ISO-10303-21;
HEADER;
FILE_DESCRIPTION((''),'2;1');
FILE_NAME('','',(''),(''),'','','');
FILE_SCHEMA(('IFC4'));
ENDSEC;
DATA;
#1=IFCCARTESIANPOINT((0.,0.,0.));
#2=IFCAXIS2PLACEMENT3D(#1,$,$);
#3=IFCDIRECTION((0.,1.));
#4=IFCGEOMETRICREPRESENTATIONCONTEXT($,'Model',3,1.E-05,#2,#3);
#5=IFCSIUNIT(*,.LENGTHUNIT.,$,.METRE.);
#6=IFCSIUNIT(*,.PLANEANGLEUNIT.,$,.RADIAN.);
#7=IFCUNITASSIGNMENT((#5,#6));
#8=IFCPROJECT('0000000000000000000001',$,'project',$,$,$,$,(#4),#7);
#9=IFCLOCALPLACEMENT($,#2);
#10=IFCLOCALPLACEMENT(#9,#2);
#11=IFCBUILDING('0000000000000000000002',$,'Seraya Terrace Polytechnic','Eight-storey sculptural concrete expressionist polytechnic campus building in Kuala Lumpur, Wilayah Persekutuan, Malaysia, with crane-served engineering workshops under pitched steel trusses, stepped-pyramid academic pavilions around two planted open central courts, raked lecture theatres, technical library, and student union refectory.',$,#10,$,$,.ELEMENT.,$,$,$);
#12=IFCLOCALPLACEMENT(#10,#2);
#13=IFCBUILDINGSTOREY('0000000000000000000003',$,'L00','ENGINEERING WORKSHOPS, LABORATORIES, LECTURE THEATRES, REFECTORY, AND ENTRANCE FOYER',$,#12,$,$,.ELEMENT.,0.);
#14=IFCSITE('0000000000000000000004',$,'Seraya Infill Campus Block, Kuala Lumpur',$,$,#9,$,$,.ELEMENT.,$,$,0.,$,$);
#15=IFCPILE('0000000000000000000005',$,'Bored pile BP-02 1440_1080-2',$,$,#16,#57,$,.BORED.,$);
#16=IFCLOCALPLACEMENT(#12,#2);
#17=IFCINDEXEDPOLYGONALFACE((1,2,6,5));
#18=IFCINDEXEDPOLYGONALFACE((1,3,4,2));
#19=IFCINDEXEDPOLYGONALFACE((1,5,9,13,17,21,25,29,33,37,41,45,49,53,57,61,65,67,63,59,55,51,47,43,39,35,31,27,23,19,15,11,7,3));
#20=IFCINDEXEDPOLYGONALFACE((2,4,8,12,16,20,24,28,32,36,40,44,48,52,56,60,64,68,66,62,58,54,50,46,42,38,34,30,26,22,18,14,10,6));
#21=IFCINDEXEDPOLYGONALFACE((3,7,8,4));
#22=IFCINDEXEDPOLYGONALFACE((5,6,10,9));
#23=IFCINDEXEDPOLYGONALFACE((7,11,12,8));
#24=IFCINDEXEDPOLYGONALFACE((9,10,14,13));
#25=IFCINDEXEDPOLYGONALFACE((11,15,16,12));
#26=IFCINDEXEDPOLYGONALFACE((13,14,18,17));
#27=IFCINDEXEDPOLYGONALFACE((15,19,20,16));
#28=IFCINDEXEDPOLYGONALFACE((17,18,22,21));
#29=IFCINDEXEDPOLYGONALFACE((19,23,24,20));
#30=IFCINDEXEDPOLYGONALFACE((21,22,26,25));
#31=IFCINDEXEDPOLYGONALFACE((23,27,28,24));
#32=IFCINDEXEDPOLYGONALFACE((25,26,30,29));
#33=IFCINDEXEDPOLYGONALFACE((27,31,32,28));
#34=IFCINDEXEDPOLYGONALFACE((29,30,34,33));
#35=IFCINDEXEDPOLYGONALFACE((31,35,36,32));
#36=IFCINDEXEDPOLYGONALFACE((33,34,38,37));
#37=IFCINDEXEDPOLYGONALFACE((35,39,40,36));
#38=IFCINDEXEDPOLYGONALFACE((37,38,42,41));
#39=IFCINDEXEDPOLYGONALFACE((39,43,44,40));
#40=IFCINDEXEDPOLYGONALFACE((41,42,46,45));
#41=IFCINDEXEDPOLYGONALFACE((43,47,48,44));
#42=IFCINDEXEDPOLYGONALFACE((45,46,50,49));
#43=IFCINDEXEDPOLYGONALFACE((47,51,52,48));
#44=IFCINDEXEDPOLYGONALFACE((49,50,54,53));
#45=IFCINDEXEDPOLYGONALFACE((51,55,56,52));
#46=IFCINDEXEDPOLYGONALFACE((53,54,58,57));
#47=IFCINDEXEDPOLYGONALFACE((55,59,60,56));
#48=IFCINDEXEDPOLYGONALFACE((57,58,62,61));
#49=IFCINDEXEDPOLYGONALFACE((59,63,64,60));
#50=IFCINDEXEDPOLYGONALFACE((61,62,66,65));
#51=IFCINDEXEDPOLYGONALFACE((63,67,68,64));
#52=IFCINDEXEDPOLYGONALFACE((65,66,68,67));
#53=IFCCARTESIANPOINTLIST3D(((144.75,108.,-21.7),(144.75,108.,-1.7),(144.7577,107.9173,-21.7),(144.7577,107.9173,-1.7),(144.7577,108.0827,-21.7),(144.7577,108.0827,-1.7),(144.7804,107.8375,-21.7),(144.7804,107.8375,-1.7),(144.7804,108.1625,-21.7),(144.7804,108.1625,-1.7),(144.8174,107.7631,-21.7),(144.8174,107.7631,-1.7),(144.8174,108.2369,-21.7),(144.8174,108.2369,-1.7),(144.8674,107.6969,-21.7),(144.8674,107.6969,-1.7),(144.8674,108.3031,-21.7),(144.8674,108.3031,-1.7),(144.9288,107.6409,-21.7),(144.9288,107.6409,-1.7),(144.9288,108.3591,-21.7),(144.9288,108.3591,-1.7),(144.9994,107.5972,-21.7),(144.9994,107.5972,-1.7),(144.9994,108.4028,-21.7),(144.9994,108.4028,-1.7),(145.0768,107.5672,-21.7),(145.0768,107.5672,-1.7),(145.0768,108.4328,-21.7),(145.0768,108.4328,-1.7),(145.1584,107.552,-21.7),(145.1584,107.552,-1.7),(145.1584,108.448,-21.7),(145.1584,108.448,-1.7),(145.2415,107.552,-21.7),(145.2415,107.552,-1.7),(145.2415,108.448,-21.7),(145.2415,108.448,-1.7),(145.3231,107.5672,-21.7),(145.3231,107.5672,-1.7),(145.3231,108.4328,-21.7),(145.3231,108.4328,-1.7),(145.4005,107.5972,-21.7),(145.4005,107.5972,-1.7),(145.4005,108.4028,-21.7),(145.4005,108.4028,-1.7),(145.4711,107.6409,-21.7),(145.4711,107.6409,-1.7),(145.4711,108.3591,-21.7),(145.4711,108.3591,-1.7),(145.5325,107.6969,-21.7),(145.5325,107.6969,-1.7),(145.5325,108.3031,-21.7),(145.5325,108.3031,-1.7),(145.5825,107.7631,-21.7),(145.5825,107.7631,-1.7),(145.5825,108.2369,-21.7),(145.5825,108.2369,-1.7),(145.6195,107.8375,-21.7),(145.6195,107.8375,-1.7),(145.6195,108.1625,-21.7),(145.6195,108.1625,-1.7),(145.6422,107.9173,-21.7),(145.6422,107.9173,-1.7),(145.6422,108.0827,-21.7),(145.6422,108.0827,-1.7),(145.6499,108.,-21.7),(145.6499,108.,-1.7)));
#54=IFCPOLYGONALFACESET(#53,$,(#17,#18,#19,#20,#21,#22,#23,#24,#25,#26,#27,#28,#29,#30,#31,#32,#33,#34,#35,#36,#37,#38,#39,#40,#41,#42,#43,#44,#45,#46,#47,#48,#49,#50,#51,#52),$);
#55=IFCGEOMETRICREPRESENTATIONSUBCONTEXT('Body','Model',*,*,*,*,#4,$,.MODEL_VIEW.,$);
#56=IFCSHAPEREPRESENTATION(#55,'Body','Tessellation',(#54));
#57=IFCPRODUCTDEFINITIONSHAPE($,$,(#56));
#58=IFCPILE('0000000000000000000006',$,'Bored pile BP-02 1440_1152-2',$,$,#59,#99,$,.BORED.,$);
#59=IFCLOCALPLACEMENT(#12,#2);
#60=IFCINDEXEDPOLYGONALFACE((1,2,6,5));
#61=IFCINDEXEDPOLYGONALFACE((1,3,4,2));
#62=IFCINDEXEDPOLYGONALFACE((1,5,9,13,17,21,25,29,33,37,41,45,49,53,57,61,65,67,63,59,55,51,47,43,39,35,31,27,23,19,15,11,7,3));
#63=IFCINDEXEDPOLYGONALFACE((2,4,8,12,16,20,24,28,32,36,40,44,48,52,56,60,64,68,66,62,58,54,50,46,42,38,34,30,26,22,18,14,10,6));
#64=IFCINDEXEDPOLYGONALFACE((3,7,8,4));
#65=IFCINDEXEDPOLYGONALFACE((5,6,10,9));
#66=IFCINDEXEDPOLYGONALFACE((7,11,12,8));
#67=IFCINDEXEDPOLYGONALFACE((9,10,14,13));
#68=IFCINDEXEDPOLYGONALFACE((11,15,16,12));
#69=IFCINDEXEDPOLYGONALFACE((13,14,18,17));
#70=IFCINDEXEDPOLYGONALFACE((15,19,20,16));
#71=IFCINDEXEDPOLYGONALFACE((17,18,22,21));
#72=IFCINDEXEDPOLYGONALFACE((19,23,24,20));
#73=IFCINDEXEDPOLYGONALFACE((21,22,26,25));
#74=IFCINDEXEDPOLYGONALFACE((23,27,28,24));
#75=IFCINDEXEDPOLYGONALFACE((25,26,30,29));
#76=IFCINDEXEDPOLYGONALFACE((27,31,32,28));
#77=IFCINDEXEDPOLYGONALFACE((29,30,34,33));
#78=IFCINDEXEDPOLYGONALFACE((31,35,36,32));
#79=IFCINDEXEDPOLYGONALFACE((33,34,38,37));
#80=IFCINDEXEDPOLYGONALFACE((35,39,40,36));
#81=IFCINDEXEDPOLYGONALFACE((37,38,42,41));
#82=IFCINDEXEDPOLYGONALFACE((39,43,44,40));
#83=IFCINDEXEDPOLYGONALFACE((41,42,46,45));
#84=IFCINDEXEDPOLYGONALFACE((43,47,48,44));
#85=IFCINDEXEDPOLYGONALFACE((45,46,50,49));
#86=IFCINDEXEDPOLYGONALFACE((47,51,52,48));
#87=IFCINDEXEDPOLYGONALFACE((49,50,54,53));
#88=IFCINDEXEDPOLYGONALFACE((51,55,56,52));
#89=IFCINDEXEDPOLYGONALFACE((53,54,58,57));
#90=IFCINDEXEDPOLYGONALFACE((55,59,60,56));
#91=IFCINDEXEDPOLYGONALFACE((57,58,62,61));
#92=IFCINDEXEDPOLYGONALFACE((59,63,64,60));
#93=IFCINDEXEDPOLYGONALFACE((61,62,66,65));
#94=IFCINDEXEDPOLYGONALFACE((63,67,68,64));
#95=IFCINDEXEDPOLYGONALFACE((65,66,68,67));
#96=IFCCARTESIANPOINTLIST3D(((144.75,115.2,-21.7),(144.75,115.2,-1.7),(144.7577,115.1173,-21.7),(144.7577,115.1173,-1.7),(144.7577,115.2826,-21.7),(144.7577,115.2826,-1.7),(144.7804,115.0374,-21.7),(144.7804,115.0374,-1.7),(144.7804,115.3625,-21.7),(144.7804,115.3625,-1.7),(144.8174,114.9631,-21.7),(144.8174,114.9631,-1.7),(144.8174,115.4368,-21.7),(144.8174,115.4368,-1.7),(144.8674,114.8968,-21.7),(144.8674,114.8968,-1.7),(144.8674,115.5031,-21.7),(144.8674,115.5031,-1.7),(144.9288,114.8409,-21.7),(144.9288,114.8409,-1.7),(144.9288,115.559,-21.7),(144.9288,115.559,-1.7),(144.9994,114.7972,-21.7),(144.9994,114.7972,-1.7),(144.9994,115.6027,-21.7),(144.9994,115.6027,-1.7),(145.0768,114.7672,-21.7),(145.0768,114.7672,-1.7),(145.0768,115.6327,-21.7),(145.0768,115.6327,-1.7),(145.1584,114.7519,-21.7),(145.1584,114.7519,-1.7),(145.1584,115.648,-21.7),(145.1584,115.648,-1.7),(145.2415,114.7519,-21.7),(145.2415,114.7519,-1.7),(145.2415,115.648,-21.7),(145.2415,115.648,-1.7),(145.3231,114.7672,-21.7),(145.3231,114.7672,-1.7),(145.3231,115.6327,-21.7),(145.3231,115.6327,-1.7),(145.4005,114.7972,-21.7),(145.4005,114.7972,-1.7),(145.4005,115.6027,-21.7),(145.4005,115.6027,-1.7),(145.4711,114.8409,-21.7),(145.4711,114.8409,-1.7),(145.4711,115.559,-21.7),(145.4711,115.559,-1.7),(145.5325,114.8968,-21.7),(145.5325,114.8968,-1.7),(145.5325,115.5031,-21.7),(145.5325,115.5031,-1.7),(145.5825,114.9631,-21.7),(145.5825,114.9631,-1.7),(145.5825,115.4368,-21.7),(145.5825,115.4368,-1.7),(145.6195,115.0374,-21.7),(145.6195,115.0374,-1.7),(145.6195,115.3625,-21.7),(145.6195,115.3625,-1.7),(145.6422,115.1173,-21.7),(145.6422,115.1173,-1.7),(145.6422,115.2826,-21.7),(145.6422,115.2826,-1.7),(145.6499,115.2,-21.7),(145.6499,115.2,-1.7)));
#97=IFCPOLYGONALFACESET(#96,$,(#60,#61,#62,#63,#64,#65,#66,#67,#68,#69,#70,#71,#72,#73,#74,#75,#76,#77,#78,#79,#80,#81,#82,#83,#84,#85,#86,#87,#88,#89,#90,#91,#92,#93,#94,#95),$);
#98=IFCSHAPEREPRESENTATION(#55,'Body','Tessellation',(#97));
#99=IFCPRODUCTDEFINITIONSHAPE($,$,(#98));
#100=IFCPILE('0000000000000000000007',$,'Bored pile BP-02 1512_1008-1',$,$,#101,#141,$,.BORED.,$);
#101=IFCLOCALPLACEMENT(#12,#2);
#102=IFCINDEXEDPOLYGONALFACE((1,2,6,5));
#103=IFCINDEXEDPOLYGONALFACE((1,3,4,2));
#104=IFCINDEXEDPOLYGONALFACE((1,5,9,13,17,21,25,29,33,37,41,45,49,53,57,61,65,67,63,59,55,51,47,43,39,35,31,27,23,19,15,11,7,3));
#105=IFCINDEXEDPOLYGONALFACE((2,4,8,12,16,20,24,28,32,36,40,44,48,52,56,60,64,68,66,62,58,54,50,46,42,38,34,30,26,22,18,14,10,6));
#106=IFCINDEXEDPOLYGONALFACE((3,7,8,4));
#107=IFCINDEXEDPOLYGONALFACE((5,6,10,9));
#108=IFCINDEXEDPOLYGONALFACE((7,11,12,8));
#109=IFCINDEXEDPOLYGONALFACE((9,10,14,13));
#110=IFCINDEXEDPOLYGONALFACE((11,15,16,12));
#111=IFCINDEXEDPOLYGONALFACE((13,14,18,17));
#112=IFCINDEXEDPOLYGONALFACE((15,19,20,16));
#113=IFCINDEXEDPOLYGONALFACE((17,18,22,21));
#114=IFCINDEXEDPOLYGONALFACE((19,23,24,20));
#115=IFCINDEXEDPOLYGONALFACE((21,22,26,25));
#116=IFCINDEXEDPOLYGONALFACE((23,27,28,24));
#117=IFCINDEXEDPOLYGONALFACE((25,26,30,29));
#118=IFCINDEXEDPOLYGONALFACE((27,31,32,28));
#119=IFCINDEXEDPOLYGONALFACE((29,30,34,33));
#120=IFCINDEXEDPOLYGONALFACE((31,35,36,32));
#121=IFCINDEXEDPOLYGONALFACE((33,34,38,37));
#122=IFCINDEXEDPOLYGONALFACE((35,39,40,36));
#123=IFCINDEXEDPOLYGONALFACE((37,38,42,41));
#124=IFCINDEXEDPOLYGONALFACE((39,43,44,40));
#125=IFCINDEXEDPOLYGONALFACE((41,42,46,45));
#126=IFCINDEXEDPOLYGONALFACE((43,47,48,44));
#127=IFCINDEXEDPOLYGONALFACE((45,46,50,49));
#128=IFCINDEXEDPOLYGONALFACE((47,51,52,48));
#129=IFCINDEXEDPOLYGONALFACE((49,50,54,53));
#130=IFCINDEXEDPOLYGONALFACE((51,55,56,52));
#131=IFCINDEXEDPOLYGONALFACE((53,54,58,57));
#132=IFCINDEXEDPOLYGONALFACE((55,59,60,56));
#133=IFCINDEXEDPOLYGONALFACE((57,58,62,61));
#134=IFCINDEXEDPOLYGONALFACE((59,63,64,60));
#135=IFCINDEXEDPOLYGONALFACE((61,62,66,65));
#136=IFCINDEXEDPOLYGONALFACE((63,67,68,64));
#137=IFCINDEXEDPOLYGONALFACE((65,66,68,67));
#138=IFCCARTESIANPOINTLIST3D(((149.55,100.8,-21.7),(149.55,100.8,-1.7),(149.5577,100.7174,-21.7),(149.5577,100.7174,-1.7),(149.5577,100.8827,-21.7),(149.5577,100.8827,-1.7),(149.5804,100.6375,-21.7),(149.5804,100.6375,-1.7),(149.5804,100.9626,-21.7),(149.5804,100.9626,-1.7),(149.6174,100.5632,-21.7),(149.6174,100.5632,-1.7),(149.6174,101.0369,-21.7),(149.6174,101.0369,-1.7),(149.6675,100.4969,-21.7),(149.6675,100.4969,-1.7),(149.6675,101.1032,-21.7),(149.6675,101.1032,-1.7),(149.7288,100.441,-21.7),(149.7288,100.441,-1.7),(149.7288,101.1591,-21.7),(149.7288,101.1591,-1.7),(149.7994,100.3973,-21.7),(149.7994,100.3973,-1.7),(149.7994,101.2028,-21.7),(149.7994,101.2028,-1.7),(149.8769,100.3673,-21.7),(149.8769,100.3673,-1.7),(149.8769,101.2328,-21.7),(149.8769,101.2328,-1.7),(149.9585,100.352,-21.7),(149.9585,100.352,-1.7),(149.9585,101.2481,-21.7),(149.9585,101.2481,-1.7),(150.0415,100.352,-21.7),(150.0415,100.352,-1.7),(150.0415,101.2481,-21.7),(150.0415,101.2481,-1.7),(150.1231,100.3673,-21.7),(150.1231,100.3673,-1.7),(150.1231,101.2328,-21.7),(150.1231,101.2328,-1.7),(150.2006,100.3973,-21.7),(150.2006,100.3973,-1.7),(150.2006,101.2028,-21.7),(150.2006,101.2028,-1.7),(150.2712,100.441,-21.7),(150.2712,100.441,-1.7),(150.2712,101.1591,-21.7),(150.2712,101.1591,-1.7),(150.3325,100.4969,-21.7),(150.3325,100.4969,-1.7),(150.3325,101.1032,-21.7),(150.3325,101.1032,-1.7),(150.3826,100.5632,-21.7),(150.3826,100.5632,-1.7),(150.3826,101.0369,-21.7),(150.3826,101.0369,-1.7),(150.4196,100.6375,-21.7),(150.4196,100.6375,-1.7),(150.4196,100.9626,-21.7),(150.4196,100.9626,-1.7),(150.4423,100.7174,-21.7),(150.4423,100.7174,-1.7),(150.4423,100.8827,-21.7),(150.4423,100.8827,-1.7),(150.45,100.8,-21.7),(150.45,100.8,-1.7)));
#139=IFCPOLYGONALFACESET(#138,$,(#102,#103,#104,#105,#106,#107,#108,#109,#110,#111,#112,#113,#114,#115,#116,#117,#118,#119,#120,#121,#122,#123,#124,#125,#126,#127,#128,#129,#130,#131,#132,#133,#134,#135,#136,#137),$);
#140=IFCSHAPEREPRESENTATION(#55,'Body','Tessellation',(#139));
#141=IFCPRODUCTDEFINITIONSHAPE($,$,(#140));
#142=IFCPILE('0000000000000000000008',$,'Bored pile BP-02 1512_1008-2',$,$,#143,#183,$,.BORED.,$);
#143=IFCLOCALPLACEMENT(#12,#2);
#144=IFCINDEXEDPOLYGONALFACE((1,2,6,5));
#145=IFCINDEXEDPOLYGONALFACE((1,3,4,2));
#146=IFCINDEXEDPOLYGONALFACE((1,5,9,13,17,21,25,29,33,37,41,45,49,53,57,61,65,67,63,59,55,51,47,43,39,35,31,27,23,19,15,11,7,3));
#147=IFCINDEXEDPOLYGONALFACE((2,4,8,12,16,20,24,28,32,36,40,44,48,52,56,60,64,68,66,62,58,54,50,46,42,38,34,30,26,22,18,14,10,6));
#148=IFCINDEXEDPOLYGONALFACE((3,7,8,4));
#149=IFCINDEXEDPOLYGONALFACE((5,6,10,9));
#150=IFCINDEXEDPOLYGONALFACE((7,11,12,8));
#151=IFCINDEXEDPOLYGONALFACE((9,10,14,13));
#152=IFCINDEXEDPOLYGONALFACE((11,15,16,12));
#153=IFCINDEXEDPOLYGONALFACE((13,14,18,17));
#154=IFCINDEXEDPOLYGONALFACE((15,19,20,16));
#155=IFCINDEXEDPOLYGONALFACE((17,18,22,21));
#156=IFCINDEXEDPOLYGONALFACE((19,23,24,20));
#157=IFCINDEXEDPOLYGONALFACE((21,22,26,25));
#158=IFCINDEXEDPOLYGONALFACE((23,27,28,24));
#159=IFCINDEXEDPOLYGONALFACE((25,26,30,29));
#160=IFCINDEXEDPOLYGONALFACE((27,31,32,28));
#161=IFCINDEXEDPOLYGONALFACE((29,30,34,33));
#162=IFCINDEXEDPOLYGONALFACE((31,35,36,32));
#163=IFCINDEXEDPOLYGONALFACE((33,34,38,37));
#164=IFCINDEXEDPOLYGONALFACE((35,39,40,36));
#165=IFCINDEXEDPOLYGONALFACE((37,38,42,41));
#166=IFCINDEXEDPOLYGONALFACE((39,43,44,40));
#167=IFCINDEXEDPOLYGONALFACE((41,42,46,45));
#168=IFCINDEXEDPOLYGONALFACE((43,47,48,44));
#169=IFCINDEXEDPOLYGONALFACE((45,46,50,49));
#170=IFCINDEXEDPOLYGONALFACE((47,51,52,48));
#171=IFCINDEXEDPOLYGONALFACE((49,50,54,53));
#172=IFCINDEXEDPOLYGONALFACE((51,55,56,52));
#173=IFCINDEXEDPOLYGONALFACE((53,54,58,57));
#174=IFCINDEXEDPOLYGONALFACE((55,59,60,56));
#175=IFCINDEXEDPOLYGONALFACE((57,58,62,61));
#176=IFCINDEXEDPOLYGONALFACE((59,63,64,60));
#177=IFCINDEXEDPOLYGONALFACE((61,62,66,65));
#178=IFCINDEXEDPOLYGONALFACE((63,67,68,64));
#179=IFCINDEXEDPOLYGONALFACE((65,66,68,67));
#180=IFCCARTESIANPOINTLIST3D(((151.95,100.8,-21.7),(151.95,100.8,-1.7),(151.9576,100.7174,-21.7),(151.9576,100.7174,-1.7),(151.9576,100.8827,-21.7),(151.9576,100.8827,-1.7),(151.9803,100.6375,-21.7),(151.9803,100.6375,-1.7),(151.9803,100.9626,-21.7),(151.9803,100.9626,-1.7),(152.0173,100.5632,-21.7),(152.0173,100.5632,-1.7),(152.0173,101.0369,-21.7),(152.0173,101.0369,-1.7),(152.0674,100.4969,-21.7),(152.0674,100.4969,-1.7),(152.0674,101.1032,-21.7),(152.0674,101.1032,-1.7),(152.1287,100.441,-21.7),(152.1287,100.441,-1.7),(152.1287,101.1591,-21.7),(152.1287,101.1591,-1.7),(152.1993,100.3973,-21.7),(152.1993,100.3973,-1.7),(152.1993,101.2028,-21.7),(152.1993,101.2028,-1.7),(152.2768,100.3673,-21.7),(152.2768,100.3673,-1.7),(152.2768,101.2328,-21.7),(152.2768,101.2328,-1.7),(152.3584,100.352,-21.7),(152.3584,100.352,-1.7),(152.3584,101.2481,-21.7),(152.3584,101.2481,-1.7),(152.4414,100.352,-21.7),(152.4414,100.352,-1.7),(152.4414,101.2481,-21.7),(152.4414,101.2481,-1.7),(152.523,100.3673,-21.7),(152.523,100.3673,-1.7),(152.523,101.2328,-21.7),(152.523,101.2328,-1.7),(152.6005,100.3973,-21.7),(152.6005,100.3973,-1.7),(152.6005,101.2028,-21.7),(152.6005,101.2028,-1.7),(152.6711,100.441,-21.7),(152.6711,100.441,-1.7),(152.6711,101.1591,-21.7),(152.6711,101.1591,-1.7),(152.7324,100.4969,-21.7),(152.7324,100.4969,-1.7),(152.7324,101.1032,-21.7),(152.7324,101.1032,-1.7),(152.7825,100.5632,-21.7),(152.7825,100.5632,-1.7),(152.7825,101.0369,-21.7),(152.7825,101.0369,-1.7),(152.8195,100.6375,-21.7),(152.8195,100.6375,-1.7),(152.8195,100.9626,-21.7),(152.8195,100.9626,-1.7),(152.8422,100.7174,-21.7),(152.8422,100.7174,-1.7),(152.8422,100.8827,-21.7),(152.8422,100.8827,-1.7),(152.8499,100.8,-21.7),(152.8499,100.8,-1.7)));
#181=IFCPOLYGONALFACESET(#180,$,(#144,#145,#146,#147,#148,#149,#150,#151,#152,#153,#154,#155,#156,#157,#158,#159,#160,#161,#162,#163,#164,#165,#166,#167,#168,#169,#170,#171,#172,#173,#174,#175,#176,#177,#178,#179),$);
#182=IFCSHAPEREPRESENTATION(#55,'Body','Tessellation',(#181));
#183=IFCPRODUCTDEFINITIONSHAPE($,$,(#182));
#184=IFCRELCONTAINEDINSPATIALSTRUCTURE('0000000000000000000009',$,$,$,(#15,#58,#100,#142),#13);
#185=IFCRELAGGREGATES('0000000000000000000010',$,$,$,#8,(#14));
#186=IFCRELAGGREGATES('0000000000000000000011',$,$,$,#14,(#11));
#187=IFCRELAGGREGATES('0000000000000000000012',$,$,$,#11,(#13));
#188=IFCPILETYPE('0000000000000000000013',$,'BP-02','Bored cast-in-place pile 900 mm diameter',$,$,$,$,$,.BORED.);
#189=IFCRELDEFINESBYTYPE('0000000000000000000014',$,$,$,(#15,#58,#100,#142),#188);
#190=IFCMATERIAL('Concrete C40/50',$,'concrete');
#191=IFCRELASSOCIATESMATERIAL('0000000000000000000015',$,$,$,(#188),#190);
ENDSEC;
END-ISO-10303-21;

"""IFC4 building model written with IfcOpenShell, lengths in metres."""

from ifc_helpers import new_model, si_unit, direction, frame, origin, origin_2d, place, context, subcontext, project, spatial, circle, extrude, material, material_profile, profile_set, type_object, element, save


model = new_model("IFC4")

# Units and contexts
model_context = context("Model", 3, precision=1e-05, world=origin(), true_north=direction((0.0, 1.0)))
body_context = subcontext(model_context, "Body", "Model", "MODEL_VIEW")
ifc_project = project(units=[si_unit("LENGTHUNIT", "METRE"), si_unit("PLANEANGLEUNIT", "RADIAN")], contexts=[model_context])

# Site, building, storey
site_placement = place(None, origin())
site = spatial("IfcSite", under=ifc_project, at=site_placement, Name="Seraya Infill Campus Block, Kuala Lumpur", CompositionType="ELEMENT", RefElevation=0.0)
building_placement = place(site_placement, origin())
building = spatial("IfcBuilding", under=site, at=building_placement, Name="Seraya Terrace Polytechnic", Description="Eight-storey sculptural concrete expressionist polytechnic campus building in Kuala Lumpur, Wilayah Persekutuan, Malaysia, with crane-served engineering workshops under pitched steel trusses, stepped-pyramid academic pavilions around two planted open central courts, raked lecture theatres, technical library, and student union refectory.", CompositionType="ELEMENT")
storey_placement = place(building_placement, origin())
storey = spatial("IfcBuildingStorey", under=building, at=storey_placement, Name="L00", Description="ENGINEERING WORKSHOPS, LABORATORIES, LECTURE THEATRES, REFECTORY, AND ENTRANCE FOYER", CompositionType="ELEMENT", Elevation=0.0)

# Piles
ifc_material_1 = material(Name="Concrete C40/50", Category="concrete")
ifc_material_profile_1 = material_profile(ifc_material_1, circle(Radius=0.45, at=origin_2d()), Name="DIA 900")
ifc_profile_set_1 = profile_set([ifc_material_profile_1], Name="Concrete C40/50")
pile_type = type_object("IfcPileType", Name="BP-02", Description="Bored cast-in-place pile 900 mm diameter", PredefinedType="BORED", material=ifc_profile_set_1)
for number, where, z_axis, x_axis, name in (
    (1, (145.2, 108.0, -1.7), (0.0, 0.0, -1.0), (1.0, 0.0, 0.0), "Bored pile BP-02 1440_1080-2"),
    (2, (145.2, 115.2, -1.7), (0.0, 0.0, -1.0), (1.0, 0.0, 0.0), "Bored pile BP-02 1440_1152-2"),
    (3, (150.0, 100.8, -1.7), (0.0, 0.0, -1.0), (1.0, 0.0, 0.0), "Bored pile BP-02 1512_1008-1"),
    (4, (152.3999, 100.8, -1.7), (0.0, 0.0, -1.0), (1.0, 0.0, 0.0), "Bored pile BP-02 1512_1008-2"),
):
    element("IfcPile", number, at=place(storey_placement, frame(where, z_axis=z_axis, x_axis=x_axis)), inside=storey, type_object=pile_type, Name=name, PredefinedType="BORED", context=body_context, shape_type="SweptSolid", body=[
        extrude(circle(Radius=0.45, at=origin_2d()), origin(), (0.0, 0.0, 1.0), 20.0),
    ])

save(model, "model.ifc")
